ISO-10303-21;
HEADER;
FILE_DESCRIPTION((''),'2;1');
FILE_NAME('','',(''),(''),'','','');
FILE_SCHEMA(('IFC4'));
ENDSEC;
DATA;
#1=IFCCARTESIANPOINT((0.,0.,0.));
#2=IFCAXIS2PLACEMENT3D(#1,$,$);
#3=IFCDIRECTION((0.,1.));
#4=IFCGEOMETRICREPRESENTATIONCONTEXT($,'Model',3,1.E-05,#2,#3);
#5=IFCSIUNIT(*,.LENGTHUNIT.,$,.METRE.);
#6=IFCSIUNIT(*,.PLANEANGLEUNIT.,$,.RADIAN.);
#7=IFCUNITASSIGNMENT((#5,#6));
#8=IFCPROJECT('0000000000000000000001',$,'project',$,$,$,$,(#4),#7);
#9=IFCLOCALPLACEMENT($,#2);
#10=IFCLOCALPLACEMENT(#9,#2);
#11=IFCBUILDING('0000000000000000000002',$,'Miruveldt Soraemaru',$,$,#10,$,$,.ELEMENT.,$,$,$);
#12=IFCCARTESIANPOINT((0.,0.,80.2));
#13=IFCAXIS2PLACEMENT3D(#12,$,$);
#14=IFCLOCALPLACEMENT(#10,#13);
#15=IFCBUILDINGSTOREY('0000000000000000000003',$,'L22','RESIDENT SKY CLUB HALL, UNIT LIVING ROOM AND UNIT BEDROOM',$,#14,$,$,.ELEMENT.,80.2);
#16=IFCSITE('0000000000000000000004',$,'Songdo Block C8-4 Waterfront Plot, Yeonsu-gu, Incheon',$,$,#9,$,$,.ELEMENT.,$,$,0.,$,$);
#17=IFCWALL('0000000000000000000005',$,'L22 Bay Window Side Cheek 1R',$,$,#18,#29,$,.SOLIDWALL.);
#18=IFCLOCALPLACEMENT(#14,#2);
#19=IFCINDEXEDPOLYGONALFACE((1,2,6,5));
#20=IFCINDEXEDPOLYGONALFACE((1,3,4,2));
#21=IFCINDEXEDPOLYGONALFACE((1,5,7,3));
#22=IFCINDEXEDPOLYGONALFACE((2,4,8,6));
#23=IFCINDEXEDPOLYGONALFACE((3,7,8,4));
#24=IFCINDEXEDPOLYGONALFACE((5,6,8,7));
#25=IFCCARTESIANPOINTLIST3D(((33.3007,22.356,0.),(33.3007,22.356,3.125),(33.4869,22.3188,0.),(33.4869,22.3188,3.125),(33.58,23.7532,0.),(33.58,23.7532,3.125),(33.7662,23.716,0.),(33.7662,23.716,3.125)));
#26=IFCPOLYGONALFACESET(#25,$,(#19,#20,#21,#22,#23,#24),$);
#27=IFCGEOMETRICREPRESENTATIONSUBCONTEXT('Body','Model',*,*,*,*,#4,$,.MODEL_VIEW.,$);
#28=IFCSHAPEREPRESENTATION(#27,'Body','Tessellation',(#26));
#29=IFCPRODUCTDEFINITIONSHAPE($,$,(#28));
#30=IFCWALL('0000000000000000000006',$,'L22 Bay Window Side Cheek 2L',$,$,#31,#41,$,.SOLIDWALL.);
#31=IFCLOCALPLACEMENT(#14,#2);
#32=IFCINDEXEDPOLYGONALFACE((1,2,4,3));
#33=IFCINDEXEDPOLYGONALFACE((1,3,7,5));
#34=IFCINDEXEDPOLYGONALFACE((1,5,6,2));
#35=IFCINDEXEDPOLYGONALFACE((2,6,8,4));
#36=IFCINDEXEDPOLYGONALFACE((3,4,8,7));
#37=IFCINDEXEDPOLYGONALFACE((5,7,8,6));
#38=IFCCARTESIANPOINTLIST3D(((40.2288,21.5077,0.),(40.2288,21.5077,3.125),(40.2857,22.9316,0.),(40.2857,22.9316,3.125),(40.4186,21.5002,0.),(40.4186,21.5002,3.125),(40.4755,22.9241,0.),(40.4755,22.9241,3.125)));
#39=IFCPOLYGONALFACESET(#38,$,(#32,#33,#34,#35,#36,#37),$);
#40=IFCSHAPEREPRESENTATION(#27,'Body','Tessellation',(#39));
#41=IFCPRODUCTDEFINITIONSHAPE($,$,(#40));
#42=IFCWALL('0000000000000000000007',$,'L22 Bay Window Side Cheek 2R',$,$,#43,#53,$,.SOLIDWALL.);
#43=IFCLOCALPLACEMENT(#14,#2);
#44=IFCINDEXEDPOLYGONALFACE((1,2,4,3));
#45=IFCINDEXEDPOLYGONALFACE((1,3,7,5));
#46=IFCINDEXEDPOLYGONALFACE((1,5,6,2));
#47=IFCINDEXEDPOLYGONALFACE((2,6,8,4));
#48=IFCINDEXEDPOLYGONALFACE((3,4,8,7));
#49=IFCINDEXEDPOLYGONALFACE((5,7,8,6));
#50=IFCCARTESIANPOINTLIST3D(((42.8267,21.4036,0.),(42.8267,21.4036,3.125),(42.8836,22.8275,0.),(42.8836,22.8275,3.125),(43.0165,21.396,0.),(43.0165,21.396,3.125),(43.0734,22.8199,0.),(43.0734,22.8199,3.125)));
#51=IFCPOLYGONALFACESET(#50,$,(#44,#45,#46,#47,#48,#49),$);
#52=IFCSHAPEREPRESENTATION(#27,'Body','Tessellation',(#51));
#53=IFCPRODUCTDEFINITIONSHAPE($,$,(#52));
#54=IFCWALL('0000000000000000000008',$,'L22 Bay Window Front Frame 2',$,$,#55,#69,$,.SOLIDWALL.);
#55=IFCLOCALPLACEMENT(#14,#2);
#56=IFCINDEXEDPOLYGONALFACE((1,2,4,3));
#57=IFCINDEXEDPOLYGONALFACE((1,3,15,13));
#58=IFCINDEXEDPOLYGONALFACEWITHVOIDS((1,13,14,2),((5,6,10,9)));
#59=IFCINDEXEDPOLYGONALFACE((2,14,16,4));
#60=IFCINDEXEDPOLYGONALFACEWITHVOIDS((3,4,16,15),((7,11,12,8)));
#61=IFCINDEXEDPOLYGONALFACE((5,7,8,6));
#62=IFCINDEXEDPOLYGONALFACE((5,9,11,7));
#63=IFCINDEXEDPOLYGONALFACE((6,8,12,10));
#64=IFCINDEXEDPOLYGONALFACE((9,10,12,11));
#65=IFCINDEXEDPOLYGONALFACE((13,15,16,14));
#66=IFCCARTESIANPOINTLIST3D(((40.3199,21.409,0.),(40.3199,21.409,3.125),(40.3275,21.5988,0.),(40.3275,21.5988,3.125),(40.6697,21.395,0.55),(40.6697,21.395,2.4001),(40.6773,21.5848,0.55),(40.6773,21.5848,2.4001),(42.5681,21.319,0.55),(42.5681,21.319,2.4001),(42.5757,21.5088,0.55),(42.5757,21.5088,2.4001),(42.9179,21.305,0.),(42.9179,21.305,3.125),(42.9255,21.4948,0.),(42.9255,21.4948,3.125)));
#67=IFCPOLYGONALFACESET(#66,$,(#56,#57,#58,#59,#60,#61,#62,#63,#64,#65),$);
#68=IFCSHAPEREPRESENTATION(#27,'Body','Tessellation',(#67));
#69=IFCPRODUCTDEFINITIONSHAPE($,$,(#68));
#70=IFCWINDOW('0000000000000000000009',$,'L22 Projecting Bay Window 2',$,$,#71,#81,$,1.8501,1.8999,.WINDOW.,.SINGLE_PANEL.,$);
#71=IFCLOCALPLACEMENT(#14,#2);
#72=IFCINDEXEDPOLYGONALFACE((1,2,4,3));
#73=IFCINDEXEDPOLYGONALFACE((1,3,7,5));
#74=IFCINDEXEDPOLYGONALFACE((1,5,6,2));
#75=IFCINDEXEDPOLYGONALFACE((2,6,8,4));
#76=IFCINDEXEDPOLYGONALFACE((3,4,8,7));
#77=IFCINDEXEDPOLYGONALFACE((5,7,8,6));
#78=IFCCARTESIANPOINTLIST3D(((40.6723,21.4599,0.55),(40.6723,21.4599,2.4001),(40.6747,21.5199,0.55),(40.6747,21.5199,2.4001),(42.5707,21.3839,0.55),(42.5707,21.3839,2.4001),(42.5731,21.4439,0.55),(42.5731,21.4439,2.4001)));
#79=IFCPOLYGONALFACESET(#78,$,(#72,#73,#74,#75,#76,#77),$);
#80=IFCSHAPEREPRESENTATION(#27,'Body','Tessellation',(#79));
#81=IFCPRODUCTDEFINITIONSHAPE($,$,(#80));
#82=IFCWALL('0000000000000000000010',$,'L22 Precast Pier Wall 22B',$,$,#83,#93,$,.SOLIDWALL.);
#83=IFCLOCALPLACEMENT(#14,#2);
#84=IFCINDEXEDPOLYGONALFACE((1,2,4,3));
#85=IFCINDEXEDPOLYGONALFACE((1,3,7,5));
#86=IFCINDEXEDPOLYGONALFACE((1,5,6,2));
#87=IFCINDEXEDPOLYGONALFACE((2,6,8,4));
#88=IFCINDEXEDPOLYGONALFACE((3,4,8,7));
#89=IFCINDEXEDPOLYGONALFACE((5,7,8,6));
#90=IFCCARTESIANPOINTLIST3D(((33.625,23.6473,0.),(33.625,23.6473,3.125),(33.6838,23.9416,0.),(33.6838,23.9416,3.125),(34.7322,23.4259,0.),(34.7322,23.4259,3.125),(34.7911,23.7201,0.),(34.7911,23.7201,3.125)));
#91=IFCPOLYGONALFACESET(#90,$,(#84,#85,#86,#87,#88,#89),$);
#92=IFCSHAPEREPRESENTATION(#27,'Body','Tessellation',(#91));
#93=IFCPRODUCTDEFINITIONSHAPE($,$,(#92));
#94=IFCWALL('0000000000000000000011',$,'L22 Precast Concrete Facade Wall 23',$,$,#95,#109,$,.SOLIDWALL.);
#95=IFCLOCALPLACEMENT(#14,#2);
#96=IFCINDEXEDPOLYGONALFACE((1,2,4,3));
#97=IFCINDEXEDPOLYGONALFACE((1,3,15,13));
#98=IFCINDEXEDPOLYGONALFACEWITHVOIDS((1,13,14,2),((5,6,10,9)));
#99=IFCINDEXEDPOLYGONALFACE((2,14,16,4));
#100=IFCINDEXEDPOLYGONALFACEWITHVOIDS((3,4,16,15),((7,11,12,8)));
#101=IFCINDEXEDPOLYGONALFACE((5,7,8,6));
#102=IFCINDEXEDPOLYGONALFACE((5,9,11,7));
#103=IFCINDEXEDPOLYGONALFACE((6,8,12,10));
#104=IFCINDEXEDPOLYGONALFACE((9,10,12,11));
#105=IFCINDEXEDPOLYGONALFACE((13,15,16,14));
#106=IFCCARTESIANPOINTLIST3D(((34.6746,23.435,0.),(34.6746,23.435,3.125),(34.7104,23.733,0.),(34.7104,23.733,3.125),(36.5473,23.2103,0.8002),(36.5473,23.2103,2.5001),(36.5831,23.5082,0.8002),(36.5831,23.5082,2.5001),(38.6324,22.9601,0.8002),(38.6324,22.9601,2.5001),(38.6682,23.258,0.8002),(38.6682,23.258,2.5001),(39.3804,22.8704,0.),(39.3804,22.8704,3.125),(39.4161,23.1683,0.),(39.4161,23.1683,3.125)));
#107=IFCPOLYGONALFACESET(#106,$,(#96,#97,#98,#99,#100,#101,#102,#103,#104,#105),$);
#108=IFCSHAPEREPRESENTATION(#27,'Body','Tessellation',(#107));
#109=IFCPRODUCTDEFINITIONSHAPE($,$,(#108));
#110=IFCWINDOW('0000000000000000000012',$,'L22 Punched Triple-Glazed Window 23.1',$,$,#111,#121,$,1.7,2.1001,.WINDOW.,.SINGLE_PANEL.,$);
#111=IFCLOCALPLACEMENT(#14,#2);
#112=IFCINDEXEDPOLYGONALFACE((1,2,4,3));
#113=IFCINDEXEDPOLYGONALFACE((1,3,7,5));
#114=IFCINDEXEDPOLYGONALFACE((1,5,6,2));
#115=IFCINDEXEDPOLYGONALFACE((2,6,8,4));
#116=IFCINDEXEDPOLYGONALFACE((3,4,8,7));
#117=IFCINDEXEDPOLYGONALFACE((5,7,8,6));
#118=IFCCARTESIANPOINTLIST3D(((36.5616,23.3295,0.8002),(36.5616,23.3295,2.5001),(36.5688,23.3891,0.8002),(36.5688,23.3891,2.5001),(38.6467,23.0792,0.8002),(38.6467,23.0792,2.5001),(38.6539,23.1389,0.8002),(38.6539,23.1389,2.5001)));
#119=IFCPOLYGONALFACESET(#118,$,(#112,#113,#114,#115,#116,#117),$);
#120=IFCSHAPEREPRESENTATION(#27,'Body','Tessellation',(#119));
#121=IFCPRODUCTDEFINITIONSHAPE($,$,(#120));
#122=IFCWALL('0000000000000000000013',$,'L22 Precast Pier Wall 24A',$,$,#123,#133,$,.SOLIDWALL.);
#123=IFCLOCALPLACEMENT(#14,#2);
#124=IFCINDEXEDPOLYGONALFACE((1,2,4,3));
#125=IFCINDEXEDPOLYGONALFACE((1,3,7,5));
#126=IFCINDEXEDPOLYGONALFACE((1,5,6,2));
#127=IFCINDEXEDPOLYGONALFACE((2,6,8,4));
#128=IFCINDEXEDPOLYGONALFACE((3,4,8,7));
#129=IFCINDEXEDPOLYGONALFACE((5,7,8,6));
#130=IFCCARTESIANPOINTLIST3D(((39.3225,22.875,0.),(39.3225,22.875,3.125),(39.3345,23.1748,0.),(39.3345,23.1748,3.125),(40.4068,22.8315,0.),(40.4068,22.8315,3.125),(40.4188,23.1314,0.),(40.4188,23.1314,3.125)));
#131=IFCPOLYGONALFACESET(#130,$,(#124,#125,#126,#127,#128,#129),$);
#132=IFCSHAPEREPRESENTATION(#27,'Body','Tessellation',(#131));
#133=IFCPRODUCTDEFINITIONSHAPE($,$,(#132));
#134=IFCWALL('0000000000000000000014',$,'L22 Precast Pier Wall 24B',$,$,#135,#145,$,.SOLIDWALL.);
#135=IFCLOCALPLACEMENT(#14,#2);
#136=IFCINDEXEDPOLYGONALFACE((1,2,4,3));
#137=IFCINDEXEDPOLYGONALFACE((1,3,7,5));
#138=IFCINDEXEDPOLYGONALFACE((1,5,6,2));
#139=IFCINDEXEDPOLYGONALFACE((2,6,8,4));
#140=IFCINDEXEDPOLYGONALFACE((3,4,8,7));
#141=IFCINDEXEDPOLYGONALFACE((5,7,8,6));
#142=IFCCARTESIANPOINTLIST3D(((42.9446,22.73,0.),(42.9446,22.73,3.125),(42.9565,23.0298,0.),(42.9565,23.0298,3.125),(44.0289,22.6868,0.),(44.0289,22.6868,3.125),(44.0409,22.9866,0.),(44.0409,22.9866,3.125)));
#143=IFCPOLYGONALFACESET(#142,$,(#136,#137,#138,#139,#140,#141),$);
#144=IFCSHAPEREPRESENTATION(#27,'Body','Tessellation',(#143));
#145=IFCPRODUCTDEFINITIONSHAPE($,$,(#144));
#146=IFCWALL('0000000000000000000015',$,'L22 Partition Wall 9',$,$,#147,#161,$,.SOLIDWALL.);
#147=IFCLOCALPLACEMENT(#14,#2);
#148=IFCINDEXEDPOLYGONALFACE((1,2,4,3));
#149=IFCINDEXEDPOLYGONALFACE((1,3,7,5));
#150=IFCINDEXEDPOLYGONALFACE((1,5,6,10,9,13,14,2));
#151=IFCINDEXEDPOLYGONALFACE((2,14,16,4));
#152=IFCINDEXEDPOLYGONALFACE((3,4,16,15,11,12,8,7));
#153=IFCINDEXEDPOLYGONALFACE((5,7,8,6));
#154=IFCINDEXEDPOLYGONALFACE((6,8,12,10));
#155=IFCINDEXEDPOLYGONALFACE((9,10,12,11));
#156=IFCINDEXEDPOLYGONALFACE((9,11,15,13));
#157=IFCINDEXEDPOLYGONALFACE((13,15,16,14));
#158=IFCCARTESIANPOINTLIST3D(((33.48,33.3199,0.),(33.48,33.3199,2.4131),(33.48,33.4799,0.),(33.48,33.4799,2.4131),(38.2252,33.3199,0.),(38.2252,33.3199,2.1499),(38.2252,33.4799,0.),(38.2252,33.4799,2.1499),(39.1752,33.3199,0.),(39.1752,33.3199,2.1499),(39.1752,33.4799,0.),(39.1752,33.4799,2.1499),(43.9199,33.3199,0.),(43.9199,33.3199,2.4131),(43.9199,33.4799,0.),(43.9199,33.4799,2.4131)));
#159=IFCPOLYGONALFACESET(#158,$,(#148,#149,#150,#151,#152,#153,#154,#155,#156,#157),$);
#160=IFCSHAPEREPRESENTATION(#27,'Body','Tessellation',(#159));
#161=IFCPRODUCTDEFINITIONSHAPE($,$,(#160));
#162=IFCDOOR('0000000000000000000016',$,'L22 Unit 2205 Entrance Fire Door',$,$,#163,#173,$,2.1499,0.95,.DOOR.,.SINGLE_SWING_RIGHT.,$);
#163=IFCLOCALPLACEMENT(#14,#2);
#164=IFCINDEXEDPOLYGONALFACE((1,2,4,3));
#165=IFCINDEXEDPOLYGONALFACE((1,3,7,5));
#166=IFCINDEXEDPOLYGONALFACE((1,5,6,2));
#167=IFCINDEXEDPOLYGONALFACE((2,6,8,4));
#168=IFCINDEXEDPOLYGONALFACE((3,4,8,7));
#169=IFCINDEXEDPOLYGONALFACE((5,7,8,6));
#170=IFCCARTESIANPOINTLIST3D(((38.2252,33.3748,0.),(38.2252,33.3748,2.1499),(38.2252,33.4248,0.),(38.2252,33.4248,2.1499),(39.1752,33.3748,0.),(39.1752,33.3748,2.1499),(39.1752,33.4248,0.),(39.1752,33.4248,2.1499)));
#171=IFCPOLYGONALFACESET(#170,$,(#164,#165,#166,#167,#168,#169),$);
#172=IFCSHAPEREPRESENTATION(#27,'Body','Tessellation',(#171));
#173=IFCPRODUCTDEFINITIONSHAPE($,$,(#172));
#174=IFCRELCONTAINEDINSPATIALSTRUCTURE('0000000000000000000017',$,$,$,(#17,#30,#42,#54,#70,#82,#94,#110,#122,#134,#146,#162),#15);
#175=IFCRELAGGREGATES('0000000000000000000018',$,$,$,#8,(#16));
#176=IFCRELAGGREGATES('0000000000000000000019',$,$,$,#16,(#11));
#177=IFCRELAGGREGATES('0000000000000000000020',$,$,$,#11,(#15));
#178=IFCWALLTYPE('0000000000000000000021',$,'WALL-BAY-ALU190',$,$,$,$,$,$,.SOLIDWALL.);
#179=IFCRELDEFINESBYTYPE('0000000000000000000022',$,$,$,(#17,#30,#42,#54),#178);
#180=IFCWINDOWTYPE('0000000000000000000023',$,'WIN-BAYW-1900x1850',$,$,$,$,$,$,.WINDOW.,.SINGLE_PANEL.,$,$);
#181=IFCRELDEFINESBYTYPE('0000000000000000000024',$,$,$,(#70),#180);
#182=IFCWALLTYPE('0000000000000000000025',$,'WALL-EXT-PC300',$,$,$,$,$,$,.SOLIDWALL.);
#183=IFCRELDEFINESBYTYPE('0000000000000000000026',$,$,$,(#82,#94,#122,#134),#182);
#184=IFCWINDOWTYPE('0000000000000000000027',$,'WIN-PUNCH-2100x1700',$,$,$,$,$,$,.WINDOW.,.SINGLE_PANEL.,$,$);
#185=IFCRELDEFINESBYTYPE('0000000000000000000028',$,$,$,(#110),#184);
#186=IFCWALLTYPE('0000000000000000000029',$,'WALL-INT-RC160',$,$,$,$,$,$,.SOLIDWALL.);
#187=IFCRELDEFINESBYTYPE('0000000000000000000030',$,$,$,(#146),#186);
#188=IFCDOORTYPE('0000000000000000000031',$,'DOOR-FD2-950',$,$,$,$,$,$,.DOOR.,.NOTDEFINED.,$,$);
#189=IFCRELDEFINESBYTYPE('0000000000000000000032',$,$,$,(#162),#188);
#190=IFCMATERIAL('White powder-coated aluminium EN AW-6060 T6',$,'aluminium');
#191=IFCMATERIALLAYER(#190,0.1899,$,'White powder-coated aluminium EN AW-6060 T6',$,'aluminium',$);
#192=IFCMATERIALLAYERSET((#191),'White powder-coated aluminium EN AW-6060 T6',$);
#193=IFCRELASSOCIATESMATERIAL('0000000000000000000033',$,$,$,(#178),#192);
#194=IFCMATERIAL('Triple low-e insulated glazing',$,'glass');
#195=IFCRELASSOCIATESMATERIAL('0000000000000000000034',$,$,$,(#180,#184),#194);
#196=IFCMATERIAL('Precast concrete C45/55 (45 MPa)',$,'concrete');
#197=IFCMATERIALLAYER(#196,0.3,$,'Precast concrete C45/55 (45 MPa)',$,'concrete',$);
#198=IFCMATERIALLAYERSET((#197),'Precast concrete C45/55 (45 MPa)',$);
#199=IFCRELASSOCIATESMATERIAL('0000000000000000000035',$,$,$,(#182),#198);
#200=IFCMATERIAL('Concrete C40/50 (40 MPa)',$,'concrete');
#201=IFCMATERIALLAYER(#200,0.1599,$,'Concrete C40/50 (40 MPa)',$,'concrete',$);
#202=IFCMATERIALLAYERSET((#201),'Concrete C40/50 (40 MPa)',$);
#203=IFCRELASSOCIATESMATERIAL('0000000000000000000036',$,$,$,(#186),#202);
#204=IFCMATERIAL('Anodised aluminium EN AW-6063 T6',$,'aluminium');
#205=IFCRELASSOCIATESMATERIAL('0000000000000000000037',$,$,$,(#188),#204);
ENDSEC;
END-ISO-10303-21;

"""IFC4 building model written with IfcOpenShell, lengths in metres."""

from ifc_helpers import new_model, si_unit, direction, frame, frame_2d, origin, place, context, subcontext, project, spatial, rectangle, extrude, material, layer, layer_set, type_object, element, fill, save


model = new_model("IFC4")

# Units and contexts
model_context = context("Model", 3, precision=1e-05, world=origin(), true_north=direction((0.0, 1.0)))
body_context = subcontext(model_context, "Body", "Model", "MODEL_VIEW")
ifc_project = project(units=[si_unit("LENGTHUNIT", "METRE"), si_unit("PLANEANGLEUNIT", "RADIAN")], contexts=[model_context])

# Site, building, storey
site_placement = place(None, origin())
site = spatial("IfcSite", under=ifc_project, at=site_placement, Name="Songdo Block C8-4 Waterfront Plot, Yeonsu-gu, Incheon", CompositionType="ELEMENT", RefElevation=0.0)
building_placement = place(site_placement, origin())
building = spatial("IfcBuilding", under=site, at=building_placement, Name="Miruveldt Soraemaru", CompositionType="ELEMENT")
storey_placement = place(building_placement, frame((0.0, 0.0, 80.2)))
storey = spatial("IfcBuildingStorey", under=building, at=storey_placement, Name="L22", Description="RESIDENT SKY CLUB HALL, UNIT LIVING ROOM AND UNIT BEDROOM", CompositionType="ELEMENT", Elevation=80.2)

# Walls
ifc_material_1 = material(Name="White powder-coated aluminium EN AW-6060 T6", Category="aluminium")
ifc_layer_1 = layer(ifc_material_1, 0.1899, Name="White powder-coated aluminium EN AW-6060 T6", Category="aluminium")
ifc_layer_set_1 = layer_set([ifc_layer_1], Name="White powder-coated aluminium EN AW-6060 T6")
wall_type_1 = type_object("IfcWallType", Name="WALL-BAY-ALU190", PredefinedType="SOLIDWALL", material=ifc_layer_set_1)
wall_1_placement = place(storey_placement, frame((33.3938, 22.3374, 0.0), z_axis=(0.0, 0.0, 1.0), x_axis=(0.196017, 0.9806, 0.0)))
element("IfcWall", 1, at=wall_1_placement, inside=storey, type_object=wall_type_1, Name="L22 Bay Window Side Cheek 1R", PredefinedType="SOLIDWALL", context=body_context, shape_type="SweptSolid", body=[
    extrude(rectangle(XDim=1.4248, YDim=0.1899, at=frame_2d((0.7124, 0.0))), origin(), (0.0, 0.0, 1.0), 3.125),
])
for number, where, z_axis, x_axis, name in (
    (2, (40.3806, 22.9277, 0.0), (0.0, 0.0, 1.0), (-0.03992, -0.999203, 0.0), "L22 Bay Window Side Cheek 2L"),
    (3, (42.9216, 21.3999, 0.0), (0.0, 0.0, 1.0), (0.03992, 0.999203, 0.0), "L22 Bay Window Side Cheek 2R"),
):
    element("IfcWall", number, at=place(storey_placement, frame(where, z_axis=z_axis, x_axis=x_axis)), inside=storey, type_object=wall_type_1, Name=name, PredefinedType="SOLIDWALL", context=body_context, shape_type="SweptSolid", body=[
        extrude(rectangle(XDim=1.425, YDim=0.1899, at=frame_2d((0.7124, 0.0))), origin(), (0.0, 0.0, 1.0), 3.125),
    ])

# Wall, opening, window
wall_2_placement = place(storey_placement, frame((40.3237, 21.5039, 0.0), z_axis=(0.0, 0.0, 1.0), x_axis=(0.9992, -0.040002, 0.0)))
wall_2 = element("IfcWall", 4, at=wall_2_placement, inside=storey, type_object=wall_type_1, Name="L22 Bay Window Front Frame 2", PredefinedType="SOLIDWALL", context=body_context, shape_type="SweptSolid", body=[
    extrude(rectangle(XDim=2.6001, YDim=0.1899, at=frame_2d((1.3, 0.0))), origin(), (0.0, 0.0, 1.0), 3.125),
])
opening_1_placement = place(wall_2_placement, frame((0.3501, 0.0, 0.55)))
opening_1 = element("IfcOpeningElement", 5, at=opening_1_placement, cuts=wall_2, PredefinedType="OPENING", context=body_context, shape_type="SweptSolid", body=[
    extrude(rectangle(XDim=1.8999, YDim=1.8501, at=frame_2d((0.95, 0.925))), frame((0.0, 0.105, 0.0), z_axis=(0.0, -1.0, 0.0), x_axis=(1.0, 0.0, 0.0)), (0.0, 0.0, 1.0), 0.21),
])
ifc_material_2 = material(Name="Triple low-e insulated glazing", Category="glass")
window_type_1 = type_object("IfcWindowType", Name="WIN-BAYW-1900x1850", PartitioningType="SINGLE_PANEL", PredefinedType="WINDOW", material=ifc_material_2)
window_1_placement = place(opening_1_placement, origin())
window_1 = element("IfcWindow", 6, at=window_1_placement, inside=storey, type_object=window_type_1, Name="L22 Projecting Bay Window 2", OverallHeight=1.8501, OverallWidth=1.8999, PartitioningType="SINGLE_PANEL", PredefinedType="WINDOW", context=body_context, shape_type="SweptSolid", body=[
    extrude(rectangle(XDim=1.8999, YDim=1.8501, at=frame_2d((0.95, 0.925))), frame((0.0, 0.03, 0.0), z_axis=(0.0, -1.0, 0.0), x_axis=(1.0, 0.0, 0.0)), (0.0, 0.0, 1.0), 0.0601),
])
fill(opening_1, window_1)

# Wall
ifc_material_3 = material(Name="Precast concrete C45/55 (45 MPa)", Category="concrete")
ifc_layer_2 = layer(ifc_material_3, 0.3, Name="Precast concrete C45/55 (45 MPa)", Category="concrete")
ifc_layer_set_2 = layer_set([ifc_layer_2], Name="Precast concrete C45/55 (45 MPa)")
wall_type_2 = type_object("IfcWallType", Name="WALL-EXT-PC300", PredefinedType="SOLIDWALL", material=ifc_layer_set_2)
wall_3_placement = place(storey_placement, frame((33.6545, 23.7944, 0.0), z_axis=(0.0, 0.0, 1.0), x_axis=(0.980581, -0.196116, 0.0)))
element("IfcWall", 7, at=wall_3_placement, inside=storey, type_object=wall_type_2, Name="L22 Precast Pier Wall 22B", PredefinedType="SOLIDWALL", context=body_context, shape_type="SweptSolid", body=[
    extrude(rectangle(XDim=1.1292, YDim=0.3, at=frame_2d((0.5645, 0.0))), origin(), (0.0, 0.0, 1.0), 3.125),
])

# Wall, opening, window
wall_4_placement = place(storey_placement, frame((34.6926, 23.584, 0.0), z_axis=(0.0, 0.0, 1.0), x_axis=(0.992877, -0.119145, 0.0)))
wall_4 = element("IfcWall", 8, at=wall_4_placement, inside=storey, type_object=wall_type_2, Name="L22 Precast Concrete Facade Wall 23", PredefinedType="SOLIDWALL", context=body_context, shape_type="SweptSolid", body=[
    extrude(rectangle(XDim=4.7395, YDim=0.3, at=frame_2d((2.3696, 0.0))), origin(), (0.0, 0.0, 1.0), 3.125),
])
opening_2_placement = place(wall_4_placement, frame((1.886, 0.0, 0.8)))
opening_2 = element("IfcOpeningElement", 9, at=opening_2_placement, cuts=wall_4, PredefinedType="OPENING", context=body_context, shape_type="SweptSolid", body=[
    extrude(rectangle(XDim=2.1001, YDim=1.7, at=frame_2d((1.05, 0.8501))), frame((0.0, 0.1602, 0.0), z_axis=(0.0, -1.0, 0.0), x_axis=(1.0, 0.0, 0.0)), (0.0, 0.0, 1.0), 0.3201),
])
window_type_2 = type_object("IfcWindowType", Name="WIN-PUNCH-2100x1700", PartitioningType="SINGLE_PANEL", PredefinedType="WINDOW", material=ifc_material_2)
window_2_placement = place(opening_2_placement, origin())
window_2 = element("IfcWindow", 10, at=window_2_placement, inside=storey, type_object=window_type_2, Name="L22 Punched Triple-Glazed Window 23.1", OverallHeight=1.7, OverallWidth=2.1001, PartitioningType="SINGLE_PANEL", PredefinedType="WINDOW", context=body_context, shape_type="SweptSolid", body=[
    extrude(rectangle(XDim=2.1001, YDim=1.7, at=frame_2d((1.05, 0.8501))), frame((0.0, 0.03, 0.0), z_axis=(0.0, -1.0, 0.0), x_axis=(1.0, 0.0, 0.0)), (0.0, 0.0, 1.0), 0.0601),
])
fill(opening_2, window_2)

# Walls
for number, where, z_axis, x_axis, name in (
    (11, (39.3286, 23.0249, 0.0), (0.0, 0.0, 1.0), (0.999198, -0.040049, 0.0), "L22 Precast Pier Wall 24A"),
    (12, (42.9507, 22.8799, 0.0), (0.0, 0.0, 1.0), (0.999207, -0.039824, 0.0), "L22 Precast Pier Wall 24B"),
):
    element("IfcWall", number, at=place(storey_placement, frame(where, z_axis=z_axis, x_axis=x_axis)), inside=storey, type_object=wall_type_2, Name=name, PredefinedType="SOLIDWALL", context=body_context, shape_type="SweptSolid", body=[
        extrude(rectangle(XDim=1.0852, YDim=0.3, at=frame_2d((0.5425, 0.0))), origin(), (0.0, 0.0, 1.0), 3.125),
    ])

# Wall, opening, door
ifc_material_4 = material(Name="Concrete C40/50 (40 MPa)", Category="concrete")
ifc_layer_3 = layer(ifc_material_4, 0.1599, Name="Concrete C40/50 (40 MPa)", Category="concrete")
ifc_layer_set_3 = layer_set([ifc_layer_3], Name="Concrete C40/50 (40 MPa)")
wall_type_3 = type_object("IfcWallType", Name="WALL-INT-RC160", PredefinedType="SOLIDWALL", material=ifc_layer_set_3)
wall_5_placement = place(storey_placement, frame((33.48, 33.3999, 0.0), z_axis=(0.0, 0.0, 1.0), x_axis=(1.0, 0.0, 0.0)))
wall_5 = element("IfcWall", 13, at=wall_5_placement, inside=storey, type_object=wall_type_3, Name="L22 Partition Wall 9", PredefinedType="SOLIDWALL", context=body_context, shape_type="SweptSolid", body=[
    extrude(rectangle(XDim=10.4399, YDim=0.1599, at=frame_2d((5.22, 0.0))), origin(), (0.0, 0.0, 1.0), 2.4131),
])
opening_3_placement = place(wall_5_placement, frame((4.7451, 0.0, 0.0)))
opening_3 = element("IfcOpeningElement", 14, at=opening_3_placement, cuts=wall_5, PredefinedType="OPENING", context=body_context, shape_type="SweptSolid", body=[
    extrude(rectangle(XDim=0.95, YDim=2.1499, at=frame_2d((0.4751, 1.075))), frame((0.0, 0.0898, 0.0), z_axis=(0.0, -1.0, 0.0), x_axis=(1.0, 0.0, 0.0)), (0.0, 0.0, 1.0), 0.1799),
])
ifc_material_5 = material(Name="Anodised aluminium EN AW-6063 T6", Category="aluminium")
door_type_1 = type_object("IfcDoorType", Name="DOOR-FD2-950", OperationType="NOTDEFINED", PredefinedType="DOOR", material=ifc_material_5)
door_1_placement = place(opening_3_placement, origin())
door_1 = element("IfcDoor", 15, at=door_1_placement, inside=storey, type_object=door_type_1, Name="L22 Unit 2205 Entrance Fire Door", OperationType="SINGLE_SWING_RIGHT", OverallHeight=2.1499, OverallWidth=0.95, PredefinedType="DOOR", context=body_context, shape_type="SweptSolid", body=[
    extrude(rectangle(XDim=0.95, YDim=2.1499, at=frame_2d((0.4751, 1.075))), frame((0.0, 0.0249, 0.0), z_axis=(0.0, -1.0, 0.0), x_axis=(1.0, 0.0, 0.0)), (0.0, 0.0, 1.0), 0.05),
])
fill(opening_3, door_1)

save(model, "model.ifc")
